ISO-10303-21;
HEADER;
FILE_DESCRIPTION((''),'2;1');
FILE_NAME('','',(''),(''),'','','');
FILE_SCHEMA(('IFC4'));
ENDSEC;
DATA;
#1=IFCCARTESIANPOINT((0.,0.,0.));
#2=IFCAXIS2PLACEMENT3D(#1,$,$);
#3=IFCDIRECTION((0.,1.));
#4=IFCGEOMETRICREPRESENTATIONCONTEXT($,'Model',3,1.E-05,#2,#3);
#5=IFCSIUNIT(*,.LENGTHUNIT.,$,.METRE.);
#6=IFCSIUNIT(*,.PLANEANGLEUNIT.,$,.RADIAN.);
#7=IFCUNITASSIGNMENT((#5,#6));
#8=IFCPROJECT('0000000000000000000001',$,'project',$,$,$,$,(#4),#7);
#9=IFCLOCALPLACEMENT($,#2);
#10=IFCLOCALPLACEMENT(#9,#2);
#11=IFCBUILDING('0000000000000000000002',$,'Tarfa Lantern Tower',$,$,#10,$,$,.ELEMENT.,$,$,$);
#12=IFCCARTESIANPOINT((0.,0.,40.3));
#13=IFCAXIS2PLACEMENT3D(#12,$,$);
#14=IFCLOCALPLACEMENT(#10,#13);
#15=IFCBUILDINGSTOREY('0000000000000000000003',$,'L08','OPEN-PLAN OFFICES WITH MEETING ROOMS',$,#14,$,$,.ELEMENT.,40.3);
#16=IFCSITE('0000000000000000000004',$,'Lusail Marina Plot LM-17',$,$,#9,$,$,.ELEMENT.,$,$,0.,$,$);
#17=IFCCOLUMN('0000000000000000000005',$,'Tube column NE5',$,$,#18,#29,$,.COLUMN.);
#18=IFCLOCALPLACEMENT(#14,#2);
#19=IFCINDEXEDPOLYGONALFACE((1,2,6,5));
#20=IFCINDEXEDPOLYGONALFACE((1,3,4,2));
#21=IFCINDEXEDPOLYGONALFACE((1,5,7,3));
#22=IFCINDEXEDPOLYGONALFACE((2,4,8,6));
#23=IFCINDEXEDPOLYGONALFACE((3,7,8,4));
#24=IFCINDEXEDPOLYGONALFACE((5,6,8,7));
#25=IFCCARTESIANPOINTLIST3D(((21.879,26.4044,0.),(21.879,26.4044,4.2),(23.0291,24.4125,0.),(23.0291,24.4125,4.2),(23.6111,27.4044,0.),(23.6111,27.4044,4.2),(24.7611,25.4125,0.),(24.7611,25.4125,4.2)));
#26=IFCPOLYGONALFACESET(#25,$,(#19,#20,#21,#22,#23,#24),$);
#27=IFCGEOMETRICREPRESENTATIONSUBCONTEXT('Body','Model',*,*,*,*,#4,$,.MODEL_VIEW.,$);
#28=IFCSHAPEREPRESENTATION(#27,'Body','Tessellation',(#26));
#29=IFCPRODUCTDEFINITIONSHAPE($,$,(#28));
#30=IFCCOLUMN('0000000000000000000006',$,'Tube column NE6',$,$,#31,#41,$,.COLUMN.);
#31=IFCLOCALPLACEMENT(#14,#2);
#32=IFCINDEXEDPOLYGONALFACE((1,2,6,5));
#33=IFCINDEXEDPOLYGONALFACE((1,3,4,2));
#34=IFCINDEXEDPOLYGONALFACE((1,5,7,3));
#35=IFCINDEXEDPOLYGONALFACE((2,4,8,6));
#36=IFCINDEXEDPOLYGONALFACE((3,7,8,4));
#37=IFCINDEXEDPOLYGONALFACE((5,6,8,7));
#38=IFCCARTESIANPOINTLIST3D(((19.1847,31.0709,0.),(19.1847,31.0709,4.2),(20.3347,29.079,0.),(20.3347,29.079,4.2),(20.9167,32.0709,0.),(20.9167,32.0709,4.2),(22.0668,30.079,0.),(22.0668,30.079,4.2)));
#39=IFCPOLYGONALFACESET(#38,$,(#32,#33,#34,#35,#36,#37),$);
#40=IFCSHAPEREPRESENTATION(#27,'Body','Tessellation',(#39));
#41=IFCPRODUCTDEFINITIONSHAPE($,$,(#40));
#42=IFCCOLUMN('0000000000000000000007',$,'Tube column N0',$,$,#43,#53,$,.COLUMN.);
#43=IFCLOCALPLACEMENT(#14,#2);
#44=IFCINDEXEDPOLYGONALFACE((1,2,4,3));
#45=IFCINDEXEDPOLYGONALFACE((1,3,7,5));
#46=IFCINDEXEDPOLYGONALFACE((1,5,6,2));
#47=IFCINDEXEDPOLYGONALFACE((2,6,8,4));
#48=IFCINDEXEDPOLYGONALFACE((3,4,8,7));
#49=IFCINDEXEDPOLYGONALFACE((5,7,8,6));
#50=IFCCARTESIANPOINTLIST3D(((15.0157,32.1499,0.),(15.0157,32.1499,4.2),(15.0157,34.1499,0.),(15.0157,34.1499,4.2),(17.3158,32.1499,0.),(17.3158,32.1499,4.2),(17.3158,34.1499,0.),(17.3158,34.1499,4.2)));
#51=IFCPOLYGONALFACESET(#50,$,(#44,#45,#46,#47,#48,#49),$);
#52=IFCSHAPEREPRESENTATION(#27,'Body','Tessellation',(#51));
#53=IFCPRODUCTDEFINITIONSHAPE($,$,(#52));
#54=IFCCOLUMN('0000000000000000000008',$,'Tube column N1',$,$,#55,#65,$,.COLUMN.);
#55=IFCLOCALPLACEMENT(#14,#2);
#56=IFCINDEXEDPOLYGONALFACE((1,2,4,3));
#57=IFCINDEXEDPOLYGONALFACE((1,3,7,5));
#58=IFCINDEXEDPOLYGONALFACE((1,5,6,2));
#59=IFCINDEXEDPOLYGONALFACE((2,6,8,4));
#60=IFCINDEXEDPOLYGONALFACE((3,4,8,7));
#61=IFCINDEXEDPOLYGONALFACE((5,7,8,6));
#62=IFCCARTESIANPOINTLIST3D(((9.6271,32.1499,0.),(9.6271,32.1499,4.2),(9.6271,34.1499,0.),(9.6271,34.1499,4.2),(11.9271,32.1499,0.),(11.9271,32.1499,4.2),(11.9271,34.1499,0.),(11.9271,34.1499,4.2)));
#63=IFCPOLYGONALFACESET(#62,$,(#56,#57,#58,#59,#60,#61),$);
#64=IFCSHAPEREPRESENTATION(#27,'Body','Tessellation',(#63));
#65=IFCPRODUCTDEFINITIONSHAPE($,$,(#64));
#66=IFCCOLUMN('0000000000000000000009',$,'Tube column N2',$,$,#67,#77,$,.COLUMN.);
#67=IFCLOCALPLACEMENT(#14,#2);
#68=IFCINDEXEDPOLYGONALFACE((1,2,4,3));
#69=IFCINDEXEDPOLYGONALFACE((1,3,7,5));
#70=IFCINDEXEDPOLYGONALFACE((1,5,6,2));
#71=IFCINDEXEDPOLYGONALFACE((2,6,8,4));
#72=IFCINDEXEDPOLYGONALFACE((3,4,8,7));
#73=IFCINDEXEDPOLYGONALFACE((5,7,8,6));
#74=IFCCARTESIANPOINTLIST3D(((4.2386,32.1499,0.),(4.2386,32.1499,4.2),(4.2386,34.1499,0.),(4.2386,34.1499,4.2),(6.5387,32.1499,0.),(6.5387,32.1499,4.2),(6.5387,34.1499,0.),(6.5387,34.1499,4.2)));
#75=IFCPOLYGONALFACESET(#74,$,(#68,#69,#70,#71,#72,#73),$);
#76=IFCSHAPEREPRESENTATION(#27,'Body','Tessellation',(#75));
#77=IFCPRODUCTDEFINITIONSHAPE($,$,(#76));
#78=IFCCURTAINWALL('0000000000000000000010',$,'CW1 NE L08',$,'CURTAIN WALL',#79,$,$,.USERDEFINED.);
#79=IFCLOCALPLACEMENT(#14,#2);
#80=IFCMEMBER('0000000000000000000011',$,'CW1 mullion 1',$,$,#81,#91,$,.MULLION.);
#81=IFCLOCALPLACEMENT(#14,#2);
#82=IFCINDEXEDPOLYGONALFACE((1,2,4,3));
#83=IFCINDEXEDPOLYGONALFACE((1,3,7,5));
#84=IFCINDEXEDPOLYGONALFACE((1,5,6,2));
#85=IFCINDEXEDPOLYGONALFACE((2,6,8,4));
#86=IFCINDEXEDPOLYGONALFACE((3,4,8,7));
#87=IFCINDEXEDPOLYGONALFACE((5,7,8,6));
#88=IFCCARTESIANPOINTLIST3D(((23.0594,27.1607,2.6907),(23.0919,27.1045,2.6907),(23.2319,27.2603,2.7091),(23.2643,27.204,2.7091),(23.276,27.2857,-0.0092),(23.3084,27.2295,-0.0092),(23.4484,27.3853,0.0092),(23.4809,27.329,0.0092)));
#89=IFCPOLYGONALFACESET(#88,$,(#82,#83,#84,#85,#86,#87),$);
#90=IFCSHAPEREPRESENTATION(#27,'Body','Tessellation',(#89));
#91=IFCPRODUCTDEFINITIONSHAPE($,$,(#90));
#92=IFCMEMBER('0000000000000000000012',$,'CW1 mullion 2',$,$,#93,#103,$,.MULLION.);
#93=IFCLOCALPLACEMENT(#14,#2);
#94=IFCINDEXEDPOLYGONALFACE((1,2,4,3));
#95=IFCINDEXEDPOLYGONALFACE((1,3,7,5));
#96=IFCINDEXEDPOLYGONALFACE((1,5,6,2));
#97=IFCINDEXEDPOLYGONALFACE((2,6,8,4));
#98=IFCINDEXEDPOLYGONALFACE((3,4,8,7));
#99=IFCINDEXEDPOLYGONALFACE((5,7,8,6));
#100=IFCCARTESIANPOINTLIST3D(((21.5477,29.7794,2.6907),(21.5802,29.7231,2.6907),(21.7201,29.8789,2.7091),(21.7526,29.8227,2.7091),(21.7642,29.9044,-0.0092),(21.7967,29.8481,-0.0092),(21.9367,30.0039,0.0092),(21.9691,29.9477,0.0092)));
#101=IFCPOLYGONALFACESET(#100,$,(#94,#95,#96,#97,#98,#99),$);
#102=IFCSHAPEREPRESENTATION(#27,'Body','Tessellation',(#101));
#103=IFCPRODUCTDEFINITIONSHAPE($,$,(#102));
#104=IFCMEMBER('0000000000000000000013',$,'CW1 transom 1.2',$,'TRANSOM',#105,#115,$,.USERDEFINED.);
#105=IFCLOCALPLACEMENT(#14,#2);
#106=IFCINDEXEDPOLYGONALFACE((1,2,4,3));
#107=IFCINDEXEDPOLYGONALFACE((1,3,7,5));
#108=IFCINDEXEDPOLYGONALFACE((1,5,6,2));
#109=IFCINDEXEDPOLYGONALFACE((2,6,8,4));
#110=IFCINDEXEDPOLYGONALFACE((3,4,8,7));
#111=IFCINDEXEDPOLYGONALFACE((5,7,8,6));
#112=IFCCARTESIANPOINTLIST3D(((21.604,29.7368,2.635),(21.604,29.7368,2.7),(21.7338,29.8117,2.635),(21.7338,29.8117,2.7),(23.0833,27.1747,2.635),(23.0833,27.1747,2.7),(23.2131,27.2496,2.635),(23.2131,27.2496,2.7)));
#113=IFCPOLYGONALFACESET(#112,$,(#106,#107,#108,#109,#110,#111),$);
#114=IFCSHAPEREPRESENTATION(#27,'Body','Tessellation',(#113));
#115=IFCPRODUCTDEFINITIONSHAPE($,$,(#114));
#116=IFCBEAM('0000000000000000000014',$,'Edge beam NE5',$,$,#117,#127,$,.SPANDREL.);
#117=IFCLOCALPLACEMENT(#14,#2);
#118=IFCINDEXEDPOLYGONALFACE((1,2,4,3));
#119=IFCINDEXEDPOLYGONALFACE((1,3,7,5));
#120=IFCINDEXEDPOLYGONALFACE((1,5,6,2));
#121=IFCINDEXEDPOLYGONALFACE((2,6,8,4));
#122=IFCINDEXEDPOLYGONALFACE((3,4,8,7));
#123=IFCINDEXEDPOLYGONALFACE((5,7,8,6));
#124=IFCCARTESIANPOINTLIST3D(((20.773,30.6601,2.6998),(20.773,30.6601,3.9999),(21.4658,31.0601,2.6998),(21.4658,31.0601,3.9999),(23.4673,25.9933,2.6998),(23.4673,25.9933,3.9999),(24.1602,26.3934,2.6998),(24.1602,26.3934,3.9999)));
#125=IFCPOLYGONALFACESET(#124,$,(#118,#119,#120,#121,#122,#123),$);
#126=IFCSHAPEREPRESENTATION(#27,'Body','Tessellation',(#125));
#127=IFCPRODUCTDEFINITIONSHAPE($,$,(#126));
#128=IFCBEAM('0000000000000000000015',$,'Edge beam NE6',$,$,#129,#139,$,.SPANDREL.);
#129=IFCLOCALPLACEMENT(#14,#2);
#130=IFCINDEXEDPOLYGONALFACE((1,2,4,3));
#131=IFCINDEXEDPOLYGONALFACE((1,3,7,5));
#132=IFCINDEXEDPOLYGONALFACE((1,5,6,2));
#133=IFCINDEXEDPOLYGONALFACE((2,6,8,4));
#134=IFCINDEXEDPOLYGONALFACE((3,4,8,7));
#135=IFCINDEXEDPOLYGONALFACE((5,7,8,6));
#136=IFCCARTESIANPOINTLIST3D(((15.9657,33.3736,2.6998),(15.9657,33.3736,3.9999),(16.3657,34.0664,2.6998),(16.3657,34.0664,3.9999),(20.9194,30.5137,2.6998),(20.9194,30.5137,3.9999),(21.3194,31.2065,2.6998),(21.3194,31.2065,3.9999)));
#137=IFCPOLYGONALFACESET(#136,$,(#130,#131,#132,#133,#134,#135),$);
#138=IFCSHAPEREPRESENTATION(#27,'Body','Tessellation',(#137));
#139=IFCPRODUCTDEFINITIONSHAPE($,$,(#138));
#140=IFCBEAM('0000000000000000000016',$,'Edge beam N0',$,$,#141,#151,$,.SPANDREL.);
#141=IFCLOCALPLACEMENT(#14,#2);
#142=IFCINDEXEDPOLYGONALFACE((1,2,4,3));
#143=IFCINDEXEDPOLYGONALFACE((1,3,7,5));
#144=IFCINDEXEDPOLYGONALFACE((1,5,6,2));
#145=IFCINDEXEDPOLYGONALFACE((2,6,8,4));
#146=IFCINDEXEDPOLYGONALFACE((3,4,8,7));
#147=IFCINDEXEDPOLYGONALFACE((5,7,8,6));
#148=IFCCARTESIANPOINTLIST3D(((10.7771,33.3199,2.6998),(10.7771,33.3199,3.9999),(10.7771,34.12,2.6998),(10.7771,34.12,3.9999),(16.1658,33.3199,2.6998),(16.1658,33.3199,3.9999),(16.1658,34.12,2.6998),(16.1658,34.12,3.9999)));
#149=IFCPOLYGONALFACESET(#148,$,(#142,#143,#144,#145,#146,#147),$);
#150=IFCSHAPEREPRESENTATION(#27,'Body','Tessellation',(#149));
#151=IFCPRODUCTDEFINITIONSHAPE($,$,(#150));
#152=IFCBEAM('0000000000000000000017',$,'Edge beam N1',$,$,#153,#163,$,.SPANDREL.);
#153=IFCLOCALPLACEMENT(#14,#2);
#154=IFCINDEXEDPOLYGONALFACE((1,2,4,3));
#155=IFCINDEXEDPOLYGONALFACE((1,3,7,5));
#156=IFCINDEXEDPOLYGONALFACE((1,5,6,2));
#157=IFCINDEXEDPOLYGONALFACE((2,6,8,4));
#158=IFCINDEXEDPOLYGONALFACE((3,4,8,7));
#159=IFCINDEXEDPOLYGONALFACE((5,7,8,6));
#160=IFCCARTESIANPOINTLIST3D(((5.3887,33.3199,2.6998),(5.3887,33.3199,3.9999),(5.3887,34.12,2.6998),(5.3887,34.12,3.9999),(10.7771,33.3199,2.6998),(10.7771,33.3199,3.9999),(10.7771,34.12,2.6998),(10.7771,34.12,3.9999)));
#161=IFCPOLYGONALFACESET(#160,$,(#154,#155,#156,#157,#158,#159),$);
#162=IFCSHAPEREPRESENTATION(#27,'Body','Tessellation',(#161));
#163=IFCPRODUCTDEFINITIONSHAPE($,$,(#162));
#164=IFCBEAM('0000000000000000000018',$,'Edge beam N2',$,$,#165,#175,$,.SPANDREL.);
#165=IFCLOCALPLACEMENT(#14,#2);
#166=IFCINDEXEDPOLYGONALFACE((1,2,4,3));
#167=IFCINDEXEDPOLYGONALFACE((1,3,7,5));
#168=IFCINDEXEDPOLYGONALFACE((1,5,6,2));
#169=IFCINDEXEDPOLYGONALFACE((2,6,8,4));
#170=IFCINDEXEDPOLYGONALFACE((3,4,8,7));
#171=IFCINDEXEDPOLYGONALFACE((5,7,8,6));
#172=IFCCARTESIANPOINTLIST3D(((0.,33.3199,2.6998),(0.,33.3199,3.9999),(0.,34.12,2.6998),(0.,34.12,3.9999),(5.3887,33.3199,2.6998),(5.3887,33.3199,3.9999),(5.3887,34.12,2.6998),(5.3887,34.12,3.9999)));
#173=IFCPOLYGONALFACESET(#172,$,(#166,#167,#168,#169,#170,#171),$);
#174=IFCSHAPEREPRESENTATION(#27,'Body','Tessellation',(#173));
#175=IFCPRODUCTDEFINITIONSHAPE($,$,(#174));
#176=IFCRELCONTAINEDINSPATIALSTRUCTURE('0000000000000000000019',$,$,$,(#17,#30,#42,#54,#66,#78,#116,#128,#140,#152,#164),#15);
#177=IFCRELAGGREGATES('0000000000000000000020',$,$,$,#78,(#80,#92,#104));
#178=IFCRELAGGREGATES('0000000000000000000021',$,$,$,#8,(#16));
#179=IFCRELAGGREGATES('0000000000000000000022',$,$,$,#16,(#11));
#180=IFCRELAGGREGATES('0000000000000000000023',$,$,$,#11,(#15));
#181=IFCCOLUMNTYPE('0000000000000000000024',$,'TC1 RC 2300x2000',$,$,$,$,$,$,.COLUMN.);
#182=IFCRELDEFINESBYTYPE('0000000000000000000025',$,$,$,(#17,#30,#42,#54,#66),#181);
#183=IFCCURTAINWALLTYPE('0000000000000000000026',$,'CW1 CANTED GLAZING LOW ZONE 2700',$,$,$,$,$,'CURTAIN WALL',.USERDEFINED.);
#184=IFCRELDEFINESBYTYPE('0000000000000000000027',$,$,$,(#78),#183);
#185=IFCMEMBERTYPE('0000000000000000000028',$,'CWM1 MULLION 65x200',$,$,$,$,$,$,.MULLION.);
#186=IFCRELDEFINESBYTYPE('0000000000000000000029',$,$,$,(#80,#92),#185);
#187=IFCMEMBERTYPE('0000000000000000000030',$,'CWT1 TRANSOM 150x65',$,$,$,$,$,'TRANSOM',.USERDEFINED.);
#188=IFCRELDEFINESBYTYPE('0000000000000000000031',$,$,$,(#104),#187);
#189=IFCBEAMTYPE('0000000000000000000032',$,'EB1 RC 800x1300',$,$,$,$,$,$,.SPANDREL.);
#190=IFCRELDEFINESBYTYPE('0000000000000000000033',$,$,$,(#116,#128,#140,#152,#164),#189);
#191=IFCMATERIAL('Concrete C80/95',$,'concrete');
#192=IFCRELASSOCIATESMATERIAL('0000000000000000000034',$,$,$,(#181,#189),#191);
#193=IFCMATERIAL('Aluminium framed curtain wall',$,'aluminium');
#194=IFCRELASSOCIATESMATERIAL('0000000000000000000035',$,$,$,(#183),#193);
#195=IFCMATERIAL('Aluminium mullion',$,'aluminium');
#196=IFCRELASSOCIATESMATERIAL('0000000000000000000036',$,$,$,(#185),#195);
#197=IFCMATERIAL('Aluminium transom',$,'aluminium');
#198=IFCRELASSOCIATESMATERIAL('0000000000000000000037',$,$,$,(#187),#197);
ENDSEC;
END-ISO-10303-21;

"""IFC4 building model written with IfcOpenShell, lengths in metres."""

from ifc_helpers import new_model, si_unit, direction, frame, origin, origin_2d, place, context, subcontext, project, spatial, rectangle, extrude, material, material_profile, profile_set, type_object, element, aggregate, save


model = new_model("IFC4")

# Units and contexts
model_context = context("Model", 3, precision=1e-05, world=origin(), true_north=direction((0.0, 1.0)))
body_context = subcontext(model_context, "Body", "Model", "MODEL_VIEW")
ifc_project = project(units=[si_unit("LENGTHUNIT", "METRE"), si_unit("PLANEANGLEUNIT", "RADIAN")], contexts=[model_context])

# Site, building, storey
site_placement = place(None, origin())
site = spatial("IfcSite", under=ifc_project, at=site_placement, Name="Lusail Marina Plot LM-17", CompositionType="ELEMENT", RefElevation=0.0)
building_placement = place(site_placement, origin())
building = spatial("IfcBuilding", under=site, at=building_placement, Name="Tarfa Lantern Tower", CompositionType="ELEMENT")
storey_placement = place(building_placement, frame((0.0, 0.0, 40.3)))
storey = spatial("IfcBuildingStorey", under=building, at=storey_placement, Name="L08", Description="OPEN-PLAN OFFICES WITH MEETING ROOMS", CompositionType="ELEMENT", Elevation=40.3)

# Columns
ifc_material_1 = material(Name="Concrete C80/95", Category="concrete")
ifc_material_profile_1 = material_profile(ifc_material_1, rectangle(XDim=2.3, YDim=2.0, at=origin_2d()), Name="RC 2300x2000")
ifc_profile_set_1 = profile_set([ifc_material_profile_1], Name="Concrete C80/95")
column_type = type_object("IfcColumnType", Name="TC1 RC 2300x2000", PredefinedType="COLUMN", material=ifc_profile_set_1)
for number, where, z_axis, x_axis, name in (
    (1, (23.3201, 25.9084, 0.0), (0.0, 0.0, 1.0), (-0.5, 0.866025, 0.0), "Tube column NE5"),
    (2, (20.6257, 30.575, 0.0), (0.0, 0.0, 1.0), (-0.5, 0.866025, 0.0), "Tube column NE6"),
    (3, (16.1658, 33.1499, 0.0), (0.0, 0.0, 1.0), (-1.0, 0.0, 0.0), "Tube column N0"),
    (4, (10.7771, 33.1499, 0.0), (0.0, 0.0, 1.0), (-1.0, 0.0, 0.0), "Tube column N1"),
    (5, (5.3887, 33.1499, 0.0), (0.0, 0.0, 1.0), (-1.0, 0.0, 0.0), "Tube column N2"),
):
    element("IfcColumn", number, at=place(storey_placement, frame(where, z_axis=z_axis, x_axis=x_axis)), inside=storey, type_object=column_type, Name=name, PredefinedType="COLUMN", context=body_context, shape_type="SweptSolid", body=[
        extrude(rectangle(XDim=2.3, YDim=2.0, at=origin_2d()), origin(), (0.0, 0.0, 1.0), 4.2),
    ])

# Curtain wall, members
ifc_material_2 = material(Name="Aluminium framed curtain wall", Category="aluminium")
curtain_wall_type = type_object("IfcCurtainWallType", Name="CW1 CANTED GLAZING LOW ZONE 2700", ElementType="CURTAIN WALL", PredefinedType="USERDEFINED", material=ifc_material_2)
curtain_wall_placement = place(storey_placement, origin())
curtain_wall = element("IfcCurtainWall", 6, at=curtain_wall_placement, inside=storey, type_object=curtain_wall_type, Name="CW1 NE L08", ObjectType="CURTAIN WALL", PredefinedType="USERDEFINED")
ifc_material_3 = material(Name="Aluminium mullion", Category="aluminium")
ifc_material_profile_2 = material_profile(ifc_material_3, rectangle(XDim=0.0649, YDim=0.2, at=origin_2d()), Name="AL MULLION 65x200")
ifc_profile_set_2 = profile_set([ifc_material_profile_2], Name="Aluminium mullion")
member_type_1 = type_object("IfcMemberType", Name="CWM1 MULLION 65x200", PredefinedType="MULLION", material=ifc_profile_set_2)
member_1_placement = place(storey_placement, frame((23.3784, 27.3074, 0.0), z_axis=(-0.079864, -0.0461, 0.995739), x_axis=(0.49992, -0.866072, 0.0)))
member_1 = element("IfcMember", 7, at=member_1_placement, type_object=member_type_1, Name="CW1 mullion 1", PredefinedType="MULLION", context=body_context, shape_type="SweptSolid", body=[
    extrude(rectangle(XDim=0.0649, YDim=0.2, at=origin_2d()), origin(), (0.0, 0.0, 1.0), 2.7114),
])
member_2_placement = place(storey_placement, frame((21.8667, 29.926, 0.0), z_axis=(-0.079864, -0.0461, 0.995739), x_axis=(0.49992, -0.866072, 0.0)))
member_2 = element("IfcMember", 8, at=member_2_placement, type_object=member_type_1, Name="CW1 mullion 2", PredefinedType="MULLION", context=body_context, shape_type="SweptSolid", body=[
    extrude(rectangle(XDim=0.0649, YDim=0.2, at=origin_2d()), origin(), (0.0, 0.0, 1.0), 2.7114),
])
ifc_material_4 = material(Name="Aluminium transom", Category="aluminium")
ifc_material_profile_3 = material_profile(ifc_material_4, rectangle(XDim=0.1499, YDim=0.0649, at=origin_2d()), Name="AL TRANSOM 150x65")
ifc_profile_set_3 = profile_set([ifc_material_profile_3], Name="Aluminium transom")
member_type_2 = type_object("IfcMemberType", Name="CWT1 TRANSOM 150x65", ElementType="TRANSOM", PredefinedType="USERDEFINED", material=ifc_profile_set_3)
member_3_placement = place(storey_placement, frame((23.1482, 27.2122, 2.6675), z_axis=(-0.500018, 0.866015, 0.0), x_axis=(-0.866015, -0.500018, 0.0)))
member_3 = element("IfcMember", 9, at=member_3_placement, type_object=member_type_2, Name="CW1 transom 1.2", ObjectType="TRANSOM", PredefinedType="USERDEFINED", context=body_context, shape_type="SweptSolid", body=[
    extrude(rectangle(XDim=0.1499, YDim=0.0649, at=origin_2d()), origin(), (0.0, 0.0, 1.0), 2.9585),
])

# Beams
ifc_material_profile_4 = material_profile(ifc_material_1, rectangle(XDim=0.8, YDim=1.3, at=origin_2d()), Name="RC 800x1300")
ifc_profile_set_4 = profile_set([ifc_material_profile_4], Name="Concrete C80/95")
beam_type_1 = type_object("IfcBeamType", Name="EB1 RC 800x1300", PredefinedType="SPANDREL", material=ifc_profile_set_4)
beam_1_placement = place(storey_placement, frame((23.8137, 26.1934, 3.3499), z_axis=(-0.499998, 0.866026, 0.0), x_axis=(-0.866026, -0.499998, 0.0)))
element("IfcBeam", 10, at=beam_1_placement, inside=storey, type_object=beam_type_1, Name="Edge beam NE5", PredefinedType="SPANDREL", context=body_context, shape_type="SweptSolid", body=[
    extrude(rectangle(XDim=0.8, YDim=1.3, at=origin_2d()), origin(), (0.0, 0.0, 1.0), 5.3887),
])
beam_2_placement = place(storey_placement, frame((21.1194, 30.8601, 3.3499), z_axis=(-0.866033, 0.499986, 0.0), x_axis=(-0.499986, -0.866033, 0.0)))
element("IfcBeam", 11, at=beam_2_placement, inside=storey, type_object=beam_type_1, Name="Edge beam NE6", PredefinedType="SPANDREL", context=body_context, shape_type="SweptSolid", body=[
    extrude(rectangle(XDim=0.8, YDim=1.3, at=origin_2d()), origin(), (0.0, 0.0, 1.0), 5.72),
])
beam_3_placement = place(storey_placement, frame((16.1658, 33.72, 3.3499), z_axis=(-1.0, 0.0, 0.0), x_axis=(0.0, -1.0, 0.0)))
element("IfcBeam", 12, at=beam_3_placement, inside=storey, type_object=beam_type_1, Name="Edge beam N0", PredefinedType="SPANDREL", context=body_context, shape_type="SweptSolid", body=[
    extrude(rectangle(XDim=0.8, YDim=1.3, at=origin_2d()), origin(), (0.0, 0.0, 1.0), 5.3887),
])
beam_4_placement = place(storey_placement, frame((10.7771, 33.72, 3.3499), z_axis=(-1.0, 0.0, 0.0), x_axis=(0.0, -1.0, 0.0)))
element("IfcBeam", 13, at=beam_4_placement, inside=storey, type_object=beam_type_1, Name="Edge beam N1", PredefinedType="SPANDREL", context=body_context, shape_type="SweptSolid", body=[
    extrude(rectangle(XDim=0.8, YDim=1.3, at=origin_2d()), origin(), (0.0, 0.0, 1.0), 5.3884),
])
beam_5_placement = place(storey_placement, frame((5.3887, 33.72, 3.3499), z_axis=(-1.0, 0.0, 0.0), x_axis=(0.0, -1.0, 0.0)))
element("IfcBeam", 14, at=beam_5_placement, inside=storey, type_object=beam_type_1, Name="Edge beam N2", PredefinedType="SPANDREL", context=body_context, shape_type="SweptSolid", body=[
    extrude(rectangle(XDim=0.8, YDim=1.3, at=origin_2d()), origin(), (0.0, 0.0, 1.0), 5.3887),
])

aggregate(curtain_wall, [member_1, member_2, member_3])

save(model, "model.ifc")
